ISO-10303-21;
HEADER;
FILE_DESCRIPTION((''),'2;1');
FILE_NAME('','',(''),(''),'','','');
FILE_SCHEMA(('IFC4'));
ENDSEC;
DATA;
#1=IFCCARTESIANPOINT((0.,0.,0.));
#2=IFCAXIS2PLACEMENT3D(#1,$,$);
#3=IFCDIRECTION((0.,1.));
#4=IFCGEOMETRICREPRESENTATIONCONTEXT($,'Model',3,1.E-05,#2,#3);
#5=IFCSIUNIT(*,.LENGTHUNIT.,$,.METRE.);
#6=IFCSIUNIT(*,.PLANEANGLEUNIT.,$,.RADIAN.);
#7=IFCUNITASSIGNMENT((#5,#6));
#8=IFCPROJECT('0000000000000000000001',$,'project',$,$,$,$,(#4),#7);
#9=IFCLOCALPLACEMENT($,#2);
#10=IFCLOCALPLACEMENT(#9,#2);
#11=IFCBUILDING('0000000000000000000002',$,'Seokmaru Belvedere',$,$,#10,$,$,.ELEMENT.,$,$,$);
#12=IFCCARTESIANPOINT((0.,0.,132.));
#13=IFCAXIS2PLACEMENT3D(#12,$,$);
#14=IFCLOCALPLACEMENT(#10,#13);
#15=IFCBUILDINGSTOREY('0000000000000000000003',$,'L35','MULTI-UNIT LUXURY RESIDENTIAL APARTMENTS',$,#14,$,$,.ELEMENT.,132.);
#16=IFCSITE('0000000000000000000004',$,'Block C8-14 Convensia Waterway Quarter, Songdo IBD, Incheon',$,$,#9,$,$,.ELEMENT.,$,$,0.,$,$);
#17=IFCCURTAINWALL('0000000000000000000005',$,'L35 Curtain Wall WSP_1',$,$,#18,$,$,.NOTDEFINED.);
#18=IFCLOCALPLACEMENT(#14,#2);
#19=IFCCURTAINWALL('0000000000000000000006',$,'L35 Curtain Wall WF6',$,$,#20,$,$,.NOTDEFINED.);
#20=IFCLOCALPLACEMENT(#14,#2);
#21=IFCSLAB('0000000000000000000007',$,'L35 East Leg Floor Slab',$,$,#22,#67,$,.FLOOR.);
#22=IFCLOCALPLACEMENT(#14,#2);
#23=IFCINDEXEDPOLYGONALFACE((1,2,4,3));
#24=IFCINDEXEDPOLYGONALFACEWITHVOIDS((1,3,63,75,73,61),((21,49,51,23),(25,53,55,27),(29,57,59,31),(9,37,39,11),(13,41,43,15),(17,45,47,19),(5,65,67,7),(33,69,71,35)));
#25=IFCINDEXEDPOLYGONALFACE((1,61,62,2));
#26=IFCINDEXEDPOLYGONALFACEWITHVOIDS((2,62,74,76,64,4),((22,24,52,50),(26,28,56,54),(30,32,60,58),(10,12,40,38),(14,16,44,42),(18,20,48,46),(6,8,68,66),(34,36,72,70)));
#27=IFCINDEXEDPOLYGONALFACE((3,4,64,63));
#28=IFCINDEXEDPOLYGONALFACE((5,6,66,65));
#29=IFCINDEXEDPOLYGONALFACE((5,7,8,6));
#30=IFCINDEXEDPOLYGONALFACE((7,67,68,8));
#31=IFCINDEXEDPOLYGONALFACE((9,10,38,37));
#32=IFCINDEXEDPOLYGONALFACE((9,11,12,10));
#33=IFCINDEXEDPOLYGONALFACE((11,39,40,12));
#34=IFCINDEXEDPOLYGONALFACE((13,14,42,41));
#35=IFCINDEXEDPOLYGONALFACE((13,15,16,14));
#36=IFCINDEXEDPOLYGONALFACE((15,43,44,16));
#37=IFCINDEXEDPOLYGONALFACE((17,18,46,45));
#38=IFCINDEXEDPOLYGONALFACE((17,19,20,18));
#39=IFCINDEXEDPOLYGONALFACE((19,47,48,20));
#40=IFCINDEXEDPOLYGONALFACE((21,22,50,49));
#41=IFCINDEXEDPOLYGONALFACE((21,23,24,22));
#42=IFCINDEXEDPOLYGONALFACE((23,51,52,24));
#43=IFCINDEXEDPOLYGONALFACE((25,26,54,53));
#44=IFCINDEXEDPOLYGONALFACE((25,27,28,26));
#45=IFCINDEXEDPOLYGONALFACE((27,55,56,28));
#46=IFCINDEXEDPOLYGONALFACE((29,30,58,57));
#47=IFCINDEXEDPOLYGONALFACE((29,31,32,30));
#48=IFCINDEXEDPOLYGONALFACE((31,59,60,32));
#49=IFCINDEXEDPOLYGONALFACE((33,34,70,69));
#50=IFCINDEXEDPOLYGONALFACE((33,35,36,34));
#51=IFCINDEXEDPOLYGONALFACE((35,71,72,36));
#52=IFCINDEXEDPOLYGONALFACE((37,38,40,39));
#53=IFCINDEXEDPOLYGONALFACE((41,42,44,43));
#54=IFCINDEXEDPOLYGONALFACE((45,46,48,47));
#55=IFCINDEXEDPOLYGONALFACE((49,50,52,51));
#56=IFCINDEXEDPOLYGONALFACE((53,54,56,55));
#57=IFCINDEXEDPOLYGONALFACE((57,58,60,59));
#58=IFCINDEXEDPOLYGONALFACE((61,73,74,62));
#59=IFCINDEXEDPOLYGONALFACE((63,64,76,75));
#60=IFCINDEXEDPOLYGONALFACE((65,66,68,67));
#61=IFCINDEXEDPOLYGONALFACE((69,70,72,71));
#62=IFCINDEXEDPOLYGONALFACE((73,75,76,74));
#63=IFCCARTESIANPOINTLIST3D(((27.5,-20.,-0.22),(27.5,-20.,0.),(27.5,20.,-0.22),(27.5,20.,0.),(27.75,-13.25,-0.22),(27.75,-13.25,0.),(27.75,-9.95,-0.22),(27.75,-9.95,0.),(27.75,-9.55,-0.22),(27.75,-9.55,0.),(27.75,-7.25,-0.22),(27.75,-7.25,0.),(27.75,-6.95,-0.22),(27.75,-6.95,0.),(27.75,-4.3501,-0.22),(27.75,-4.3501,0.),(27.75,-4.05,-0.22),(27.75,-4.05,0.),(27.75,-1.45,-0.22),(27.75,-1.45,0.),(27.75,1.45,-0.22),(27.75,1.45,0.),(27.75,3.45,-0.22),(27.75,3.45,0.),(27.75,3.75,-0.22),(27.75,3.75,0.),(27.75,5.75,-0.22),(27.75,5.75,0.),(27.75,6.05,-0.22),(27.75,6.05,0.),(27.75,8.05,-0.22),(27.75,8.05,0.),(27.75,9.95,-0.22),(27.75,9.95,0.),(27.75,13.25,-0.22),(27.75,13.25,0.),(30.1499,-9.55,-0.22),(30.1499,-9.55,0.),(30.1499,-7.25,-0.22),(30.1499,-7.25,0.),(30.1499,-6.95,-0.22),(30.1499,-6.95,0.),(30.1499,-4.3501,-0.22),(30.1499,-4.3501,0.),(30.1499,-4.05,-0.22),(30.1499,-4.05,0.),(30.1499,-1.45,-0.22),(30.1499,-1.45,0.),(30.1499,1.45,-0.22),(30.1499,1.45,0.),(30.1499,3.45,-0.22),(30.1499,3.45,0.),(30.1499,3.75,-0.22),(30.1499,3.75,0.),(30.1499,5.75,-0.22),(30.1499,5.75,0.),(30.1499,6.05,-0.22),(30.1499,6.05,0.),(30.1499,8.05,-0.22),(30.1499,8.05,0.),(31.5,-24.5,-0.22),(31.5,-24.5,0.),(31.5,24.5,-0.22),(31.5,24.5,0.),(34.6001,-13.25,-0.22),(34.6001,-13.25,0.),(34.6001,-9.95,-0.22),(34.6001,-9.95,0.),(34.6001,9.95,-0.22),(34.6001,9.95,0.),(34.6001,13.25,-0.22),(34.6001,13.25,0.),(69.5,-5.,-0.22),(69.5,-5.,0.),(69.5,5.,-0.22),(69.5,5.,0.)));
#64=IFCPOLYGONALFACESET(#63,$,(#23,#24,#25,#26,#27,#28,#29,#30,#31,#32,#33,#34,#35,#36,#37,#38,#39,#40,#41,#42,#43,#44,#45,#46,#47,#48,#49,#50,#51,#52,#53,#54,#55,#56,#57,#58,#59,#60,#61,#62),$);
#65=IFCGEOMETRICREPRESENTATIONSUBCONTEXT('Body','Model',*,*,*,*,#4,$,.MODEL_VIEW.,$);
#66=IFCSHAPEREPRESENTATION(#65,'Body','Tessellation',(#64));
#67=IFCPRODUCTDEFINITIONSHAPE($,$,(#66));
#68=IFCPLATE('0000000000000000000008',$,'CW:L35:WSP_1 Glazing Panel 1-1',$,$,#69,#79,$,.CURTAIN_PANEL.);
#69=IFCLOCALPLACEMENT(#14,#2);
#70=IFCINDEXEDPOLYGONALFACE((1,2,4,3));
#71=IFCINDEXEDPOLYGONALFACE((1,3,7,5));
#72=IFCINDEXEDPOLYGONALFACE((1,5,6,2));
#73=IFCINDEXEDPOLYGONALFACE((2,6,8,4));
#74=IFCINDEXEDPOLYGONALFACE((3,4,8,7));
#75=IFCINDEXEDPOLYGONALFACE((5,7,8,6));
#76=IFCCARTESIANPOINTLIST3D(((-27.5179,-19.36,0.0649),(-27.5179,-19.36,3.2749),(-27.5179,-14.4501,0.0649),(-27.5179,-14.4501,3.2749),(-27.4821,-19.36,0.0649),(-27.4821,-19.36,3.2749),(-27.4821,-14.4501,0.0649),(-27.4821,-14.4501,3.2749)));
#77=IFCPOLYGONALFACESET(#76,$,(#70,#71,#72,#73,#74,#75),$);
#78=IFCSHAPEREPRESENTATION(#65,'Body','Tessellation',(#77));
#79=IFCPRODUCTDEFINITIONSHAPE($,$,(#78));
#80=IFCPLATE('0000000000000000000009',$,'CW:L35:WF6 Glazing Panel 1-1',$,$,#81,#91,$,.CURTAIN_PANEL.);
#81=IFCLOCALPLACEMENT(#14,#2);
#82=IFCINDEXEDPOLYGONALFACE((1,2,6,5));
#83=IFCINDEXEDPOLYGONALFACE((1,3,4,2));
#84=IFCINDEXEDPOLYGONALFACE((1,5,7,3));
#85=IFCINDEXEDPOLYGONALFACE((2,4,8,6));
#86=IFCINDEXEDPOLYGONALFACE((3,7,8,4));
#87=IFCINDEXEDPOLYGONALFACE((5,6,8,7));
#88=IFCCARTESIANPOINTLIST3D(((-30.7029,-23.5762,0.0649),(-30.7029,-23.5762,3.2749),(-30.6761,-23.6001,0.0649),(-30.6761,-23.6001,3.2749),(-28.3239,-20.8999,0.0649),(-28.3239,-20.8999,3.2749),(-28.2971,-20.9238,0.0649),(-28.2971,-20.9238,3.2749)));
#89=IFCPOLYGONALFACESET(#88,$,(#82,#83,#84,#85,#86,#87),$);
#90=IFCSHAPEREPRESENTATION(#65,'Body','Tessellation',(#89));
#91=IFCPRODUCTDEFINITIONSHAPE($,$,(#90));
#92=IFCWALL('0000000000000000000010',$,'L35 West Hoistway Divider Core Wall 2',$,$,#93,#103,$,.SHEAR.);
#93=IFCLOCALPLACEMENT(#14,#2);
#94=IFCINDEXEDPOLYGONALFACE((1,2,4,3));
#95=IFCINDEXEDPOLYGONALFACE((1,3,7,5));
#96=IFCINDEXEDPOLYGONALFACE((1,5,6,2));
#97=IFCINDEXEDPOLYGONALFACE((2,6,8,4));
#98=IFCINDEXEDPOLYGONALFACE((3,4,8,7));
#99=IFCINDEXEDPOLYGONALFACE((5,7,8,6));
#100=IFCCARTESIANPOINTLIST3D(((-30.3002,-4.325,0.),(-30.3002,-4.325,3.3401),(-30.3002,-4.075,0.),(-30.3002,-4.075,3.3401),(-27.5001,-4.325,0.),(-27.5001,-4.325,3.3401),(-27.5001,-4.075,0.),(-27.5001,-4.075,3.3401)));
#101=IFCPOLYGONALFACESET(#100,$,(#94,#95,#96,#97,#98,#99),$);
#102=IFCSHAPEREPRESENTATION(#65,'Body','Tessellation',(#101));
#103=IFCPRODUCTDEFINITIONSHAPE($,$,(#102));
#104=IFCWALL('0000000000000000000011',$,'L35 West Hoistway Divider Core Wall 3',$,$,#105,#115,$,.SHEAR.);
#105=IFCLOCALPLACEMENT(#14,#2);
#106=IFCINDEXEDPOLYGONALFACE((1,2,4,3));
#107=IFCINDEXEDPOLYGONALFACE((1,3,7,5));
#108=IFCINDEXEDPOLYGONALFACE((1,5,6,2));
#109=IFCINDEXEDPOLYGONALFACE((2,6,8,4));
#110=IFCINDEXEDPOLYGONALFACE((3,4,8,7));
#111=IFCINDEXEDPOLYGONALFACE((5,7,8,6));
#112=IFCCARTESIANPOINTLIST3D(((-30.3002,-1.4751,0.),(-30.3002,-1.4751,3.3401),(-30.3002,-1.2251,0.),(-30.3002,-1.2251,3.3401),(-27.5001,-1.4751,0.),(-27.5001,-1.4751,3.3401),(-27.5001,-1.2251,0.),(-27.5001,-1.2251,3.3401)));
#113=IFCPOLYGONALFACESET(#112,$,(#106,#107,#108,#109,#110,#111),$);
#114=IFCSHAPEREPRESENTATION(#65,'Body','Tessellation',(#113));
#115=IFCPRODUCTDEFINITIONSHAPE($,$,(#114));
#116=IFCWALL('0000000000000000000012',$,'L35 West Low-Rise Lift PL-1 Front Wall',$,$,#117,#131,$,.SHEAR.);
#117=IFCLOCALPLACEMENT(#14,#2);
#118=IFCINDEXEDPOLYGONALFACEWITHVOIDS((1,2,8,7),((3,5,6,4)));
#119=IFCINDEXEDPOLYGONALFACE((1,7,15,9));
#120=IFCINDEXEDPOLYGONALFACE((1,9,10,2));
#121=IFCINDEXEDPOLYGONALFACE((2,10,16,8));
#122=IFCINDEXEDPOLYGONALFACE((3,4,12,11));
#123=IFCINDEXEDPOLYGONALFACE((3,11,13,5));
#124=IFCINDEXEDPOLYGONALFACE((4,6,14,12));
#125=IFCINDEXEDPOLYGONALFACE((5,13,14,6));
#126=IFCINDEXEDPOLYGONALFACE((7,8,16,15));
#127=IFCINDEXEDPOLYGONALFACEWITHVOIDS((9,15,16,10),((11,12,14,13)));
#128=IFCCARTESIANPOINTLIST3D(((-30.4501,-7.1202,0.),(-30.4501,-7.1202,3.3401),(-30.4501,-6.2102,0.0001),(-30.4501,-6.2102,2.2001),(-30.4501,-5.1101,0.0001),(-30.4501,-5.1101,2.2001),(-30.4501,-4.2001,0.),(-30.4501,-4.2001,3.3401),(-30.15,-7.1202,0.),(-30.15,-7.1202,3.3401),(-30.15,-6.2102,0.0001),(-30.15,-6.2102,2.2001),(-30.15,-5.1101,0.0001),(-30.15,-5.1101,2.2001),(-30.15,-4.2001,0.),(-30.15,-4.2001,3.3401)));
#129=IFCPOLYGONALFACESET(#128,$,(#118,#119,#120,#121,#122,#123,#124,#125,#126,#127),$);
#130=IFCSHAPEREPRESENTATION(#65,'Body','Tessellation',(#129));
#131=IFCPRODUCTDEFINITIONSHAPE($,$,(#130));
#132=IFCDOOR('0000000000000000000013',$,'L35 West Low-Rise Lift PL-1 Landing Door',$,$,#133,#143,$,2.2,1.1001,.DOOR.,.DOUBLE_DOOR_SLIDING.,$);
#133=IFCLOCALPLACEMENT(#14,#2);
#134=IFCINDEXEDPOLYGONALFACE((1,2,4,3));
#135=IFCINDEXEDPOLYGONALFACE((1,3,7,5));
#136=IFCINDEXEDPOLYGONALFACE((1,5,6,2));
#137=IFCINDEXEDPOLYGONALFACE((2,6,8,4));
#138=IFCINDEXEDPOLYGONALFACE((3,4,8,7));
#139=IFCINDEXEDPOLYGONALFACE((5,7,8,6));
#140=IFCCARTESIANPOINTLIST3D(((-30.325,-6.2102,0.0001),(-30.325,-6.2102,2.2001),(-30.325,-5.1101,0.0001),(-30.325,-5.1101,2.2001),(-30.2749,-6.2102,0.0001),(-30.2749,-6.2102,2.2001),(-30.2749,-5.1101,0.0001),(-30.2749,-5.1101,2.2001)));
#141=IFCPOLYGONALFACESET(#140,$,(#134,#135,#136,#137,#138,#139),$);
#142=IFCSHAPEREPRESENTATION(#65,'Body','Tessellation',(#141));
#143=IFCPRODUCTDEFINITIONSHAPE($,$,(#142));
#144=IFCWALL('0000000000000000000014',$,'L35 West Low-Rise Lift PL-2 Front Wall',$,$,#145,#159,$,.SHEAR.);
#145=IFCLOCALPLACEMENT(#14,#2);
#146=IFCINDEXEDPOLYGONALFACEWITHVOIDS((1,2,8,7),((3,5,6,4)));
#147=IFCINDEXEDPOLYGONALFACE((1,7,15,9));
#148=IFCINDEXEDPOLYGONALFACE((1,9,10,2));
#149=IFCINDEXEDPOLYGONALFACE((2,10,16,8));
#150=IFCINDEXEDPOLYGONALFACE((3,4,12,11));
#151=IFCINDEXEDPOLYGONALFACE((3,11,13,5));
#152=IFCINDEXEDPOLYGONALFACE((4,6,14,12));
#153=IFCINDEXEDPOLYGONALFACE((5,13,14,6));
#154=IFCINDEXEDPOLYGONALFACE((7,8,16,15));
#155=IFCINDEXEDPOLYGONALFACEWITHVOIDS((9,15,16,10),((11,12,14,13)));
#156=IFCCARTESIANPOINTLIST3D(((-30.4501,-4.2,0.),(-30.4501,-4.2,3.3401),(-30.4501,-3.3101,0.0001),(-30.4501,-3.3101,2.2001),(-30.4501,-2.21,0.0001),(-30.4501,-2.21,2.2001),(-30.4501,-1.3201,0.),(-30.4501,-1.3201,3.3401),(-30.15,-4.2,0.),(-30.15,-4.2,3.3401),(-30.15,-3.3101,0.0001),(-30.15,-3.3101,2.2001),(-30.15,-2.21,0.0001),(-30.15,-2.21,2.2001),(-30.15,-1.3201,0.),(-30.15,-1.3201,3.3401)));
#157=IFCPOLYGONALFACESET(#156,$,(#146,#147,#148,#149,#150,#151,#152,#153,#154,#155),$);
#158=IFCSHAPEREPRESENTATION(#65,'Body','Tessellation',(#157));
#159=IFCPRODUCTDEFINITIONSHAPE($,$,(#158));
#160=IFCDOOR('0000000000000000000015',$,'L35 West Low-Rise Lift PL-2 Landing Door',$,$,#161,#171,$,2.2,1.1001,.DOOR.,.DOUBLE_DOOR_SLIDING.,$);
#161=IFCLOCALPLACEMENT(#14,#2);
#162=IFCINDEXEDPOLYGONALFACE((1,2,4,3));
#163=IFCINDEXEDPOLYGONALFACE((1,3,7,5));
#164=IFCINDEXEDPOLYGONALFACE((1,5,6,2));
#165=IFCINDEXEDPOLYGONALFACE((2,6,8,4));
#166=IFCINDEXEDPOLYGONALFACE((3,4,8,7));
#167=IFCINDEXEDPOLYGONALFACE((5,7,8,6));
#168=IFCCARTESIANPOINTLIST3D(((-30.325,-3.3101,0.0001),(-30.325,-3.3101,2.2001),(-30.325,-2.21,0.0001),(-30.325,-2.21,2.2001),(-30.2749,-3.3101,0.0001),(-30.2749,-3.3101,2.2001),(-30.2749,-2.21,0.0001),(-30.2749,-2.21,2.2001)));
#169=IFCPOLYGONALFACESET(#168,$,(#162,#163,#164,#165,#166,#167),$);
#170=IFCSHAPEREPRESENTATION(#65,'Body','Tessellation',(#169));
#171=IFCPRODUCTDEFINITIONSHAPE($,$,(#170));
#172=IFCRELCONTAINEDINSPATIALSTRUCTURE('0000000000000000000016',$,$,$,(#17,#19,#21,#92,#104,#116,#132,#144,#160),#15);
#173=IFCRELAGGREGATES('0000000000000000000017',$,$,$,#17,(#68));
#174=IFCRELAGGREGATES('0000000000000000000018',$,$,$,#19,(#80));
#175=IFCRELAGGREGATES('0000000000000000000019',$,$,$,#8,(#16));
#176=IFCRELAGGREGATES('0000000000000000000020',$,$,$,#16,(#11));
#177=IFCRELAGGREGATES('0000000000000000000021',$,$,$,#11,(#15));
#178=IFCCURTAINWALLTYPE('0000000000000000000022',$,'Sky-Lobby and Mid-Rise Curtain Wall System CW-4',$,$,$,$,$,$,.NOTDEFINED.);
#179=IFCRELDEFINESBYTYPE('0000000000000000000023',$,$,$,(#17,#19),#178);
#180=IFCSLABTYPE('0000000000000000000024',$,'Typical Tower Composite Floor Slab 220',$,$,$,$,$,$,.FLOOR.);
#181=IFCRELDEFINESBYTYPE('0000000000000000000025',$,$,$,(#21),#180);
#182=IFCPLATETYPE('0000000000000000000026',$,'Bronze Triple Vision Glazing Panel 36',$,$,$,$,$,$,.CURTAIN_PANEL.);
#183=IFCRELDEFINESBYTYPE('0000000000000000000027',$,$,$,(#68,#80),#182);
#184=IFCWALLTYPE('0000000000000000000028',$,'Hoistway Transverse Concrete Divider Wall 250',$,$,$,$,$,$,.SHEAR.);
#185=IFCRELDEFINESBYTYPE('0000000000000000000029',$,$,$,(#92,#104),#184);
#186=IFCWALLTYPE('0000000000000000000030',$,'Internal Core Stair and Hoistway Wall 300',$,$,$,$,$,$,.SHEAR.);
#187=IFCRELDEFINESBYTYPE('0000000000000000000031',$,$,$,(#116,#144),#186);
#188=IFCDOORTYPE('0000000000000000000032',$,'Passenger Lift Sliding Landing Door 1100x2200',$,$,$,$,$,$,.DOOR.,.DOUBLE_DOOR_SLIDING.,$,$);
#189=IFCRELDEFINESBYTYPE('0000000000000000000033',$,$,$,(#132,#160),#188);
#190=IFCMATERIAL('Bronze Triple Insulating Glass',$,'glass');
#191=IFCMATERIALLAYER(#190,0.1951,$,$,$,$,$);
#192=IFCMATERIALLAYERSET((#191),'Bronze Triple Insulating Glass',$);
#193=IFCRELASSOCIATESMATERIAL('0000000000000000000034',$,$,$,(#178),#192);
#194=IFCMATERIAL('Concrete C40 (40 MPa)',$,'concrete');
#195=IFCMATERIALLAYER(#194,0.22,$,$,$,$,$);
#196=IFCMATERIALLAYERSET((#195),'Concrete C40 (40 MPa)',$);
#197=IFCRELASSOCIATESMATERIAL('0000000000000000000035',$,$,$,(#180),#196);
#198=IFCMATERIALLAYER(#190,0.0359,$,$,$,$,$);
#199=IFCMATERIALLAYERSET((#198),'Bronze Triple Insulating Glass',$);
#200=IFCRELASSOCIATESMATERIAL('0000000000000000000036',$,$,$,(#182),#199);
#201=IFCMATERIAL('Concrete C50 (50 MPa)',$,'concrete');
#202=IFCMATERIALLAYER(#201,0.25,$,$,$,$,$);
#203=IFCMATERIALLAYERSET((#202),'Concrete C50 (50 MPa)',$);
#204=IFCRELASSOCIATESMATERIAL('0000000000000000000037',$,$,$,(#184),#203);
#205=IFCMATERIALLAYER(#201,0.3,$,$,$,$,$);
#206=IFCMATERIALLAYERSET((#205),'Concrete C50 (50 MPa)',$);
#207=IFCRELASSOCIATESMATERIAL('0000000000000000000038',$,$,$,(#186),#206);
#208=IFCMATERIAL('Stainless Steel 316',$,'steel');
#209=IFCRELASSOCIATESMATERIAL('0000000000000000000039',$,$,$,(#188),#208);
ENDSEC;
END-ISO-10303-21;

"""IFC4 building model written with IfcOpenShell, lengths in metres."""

from ifc_helpers import new_model, si_unit, direction, frame, frame_2d, origin, origin_2d, place, context, subcontext, project, spatial, polyline, rectangle, outline, extrude, source, transform, mapped, material, layer, layer_set, type_object, type_shapes, element, fill, aggregate, save


model = new_model("IFC4")

# Units and contexts
model_context = context("Model", 3, precision=1e-05, world=origin(), true_north=direction((0.0, 1.0)))
body_context = subcontext(model_context, "Body", "Model", "MODEL_VIEW")
ifc_project = project(units=[si_unit("LENGTHUNIT", "METRE"), si_unit("PLANEANGLEUNIT", "RADIAN")], contexts=[model_context])

# Site, building, storey
site_placement = place(None, origin())
site = spatial("IfcSite", under=ifc_project, at=site_placement, Name="Block C8-14 Convensia Waterway Quarter, Songdo IBD, Incheon", CompositionType="ELEMENT", RefElevation=0.0)
building_placement = place(site_placement, origin())
building = spatial("IfcBuilding", under=site, at=building_placement, Name="Seokmaru Belvedere", CompositionType="ELEMENT")
storey_placement = place(building_placement, frame((0.0, 0.0, 132.0)))
storey = spatial("IfcBuildingStorey", under=building, at=storey_placement, Name="L35", Description="MULTI-UNIT LUXURY RESIDENTIAL APARTMENTS", CompositionType="ELEMENT", Elevation=132.0)

# Curtain wall
ifc_material_1 = material(Name="Bronze Triple Insulating Glass", Category="glass")
ifc_layer_1 = layer(ifc_material_1, 0.1951)
ifc_layer_set_1 = layer_set([ifc_layer_1], Name="Bronze Triple Insulating Glass")
curtain_wall_type = type_object("IfcCurtainWallType", Name="Sky-Lobby and Mid-Rise Curtain Wall System CW-4", PredefinedType="NOTDEFINED", material=ifc_layer_set_1)
curtain_wall_1_placement = place(storey_placement, origin())
curtain_wall_1 = element("IfcCurtainWall", 1, at=curtain_wall_1_placement, inside=storey, type_object=curtain_wall_type, Name="L35 Curtain Wall WSP_1", PredefinedType="NOTDEFINED")

# Curtain wall
curtain_wall_2_placement = place(storey_placement, origin())
curtain_wall_2 = element("IfcCurtainWall", 2, at=curtain_wall_2_placement, inside=storey, type_object=curtain_wall_type, Name="L35 Curtain Wall WF6", PredefinedType="NOTDEFINED")

# Shared definitions
ifc_material_2 = material(Name="Concrete C40 (40 MPa)", Category="concrete")

# Slab
ifc_layer_2 = layer(ifc_material_2, 0.22)
ifc_layer_set_2 = layer_set([ifc_layer_2], Name="Concrete C40 (40 MPa)")
slab_type_1 = type_object("IfcSlabType", Name="Typical Tower Composite Floor Slab 220", PredefinedType="FLOOR", material=ifc_layer_set_2)
slab_1_placement = place(storey_placement, frame((0.0, 0.0, -0.22)))
element("IfcSlab", 3, at=slab_1_placement, inside=storey, type_object=slab_type_1, Name="L35 East Leg Floor Slab", PredefinedType="FLOOR", context=body_context, shape_type="SweptSolid", body=[
    extrude(outline(polyline([(31.5, -24.5), (69.5, -5.0), (69.5, 5.0), (31.5, 24.5), (27.5, 20.0), (27.5, -20.0), (31.5, -24.5)]), holes=[polyline([(27.75, -13.25), (34.6001, -13.25), (34.6001, -9.95), (27.75, -9.95), (27.75, -13.25)]), polyline([(27.75, 9.95), (34.6001, 9.95), (34.6001, 13.25), (27.75, 13.25), (27.75, 9.95)]), polyline([(27.75, -9.55), (30.1499, -9.55), (30.1499, -7.25), (27.75, -7.25), (27.75, -9.55)]), polyline([(27.75, -6.95), (30.1499, -6.95), (30.1499, -4.3501), (27.75, -4.3501), (27.75, -6.95)]), polyline([(27.75, -4.05), (30.1499, -4.05), (30.1499, -1.45), (27.75, -1.45), (27.75, -4.05)]), polyline([(27.75, 1.45), (30.1499, 1.45), (30.1499, 3.45), (27.75, 3.45), (27.75, 1.45)]), polyline([(27.75, 3.75), (30.1499, 3.75), (30.1499, 5.75), (27.75, 5.75), (27.75, 3.75)]), polyline([(27.75, 6.05), (30.1499, 6.05), (30.1499, 8.05), (27.75, 8.05), (27.75, 6.05)])]), origin(), (0.0, 0.0, 1.0), 0.22),
])

# Plates
ifc_layer_3 = layer(ifc_material_1, 0.0359)
ifc_layer_set_3 = layer_set([ifc_layer_3], Name="Bronze Triple Insulating Glass")
plate_type = type_object("IfcPlateType", Name="Bronze Triple Vision Glazing Panel 36", PredefinedType="CURTAIN_PANEL", material=ifc_layer_set_3)
shared_shape_1 = source(origin(), body_context, "Body", "SweptSolid", [
    extrude(rectangle(XDim=4.9099, YDim=0.0359, at=origin_2d()), origin(), (0.0, 0.0, 1.0), 3.21),
])
plate_1_placement = place(storey_placement, frame((-27.5, -16.905, 0.0649), z_axis=(0.0, 0.0, 1.0), x_axis=(0.0, 1.0, 0.0)))
plate_1 = element("IfcPlate", 4, at=plate_1_placement, type_object=plate_type, Name="CW:L35:WSP_1 Glazing Panel 1-1", PredefinedType="CURTAIN_PANEL", context=body_context, shape_type="MappedRepresentation", body=[
    mapped(shared_shape_1, transform((0.0, 0.0, 0.0), scale=1.0)),
])
aggregate(curtain_wall_1, [plate_1])
shared_shape_2 = source(origin(), body_context, "Body", "SweptSolid", [
    extrude(rectangle(XDim=3.5808, YDim=0.0359, at=origin_2d()), origin(), (0.0, 0.0, 1.0), 3.21),
])
type_shapes(plate_type, [shared_shape_1, shared_shape_2])
plate_2_placement = place(storey_placement, frame((-29.5, -22.25, 0.0649), z_axis=(0.0, 0.0, 1.0), x_axis=(0.664363, 0.74741, 0.0)))
plate_2 = element("IfcPlate", 5, at=plate_2_placement, type_object=plate_type, Name="CW:L35:WF6 Glazing Panel 1-1", PredefinedType="CURTAIN_PANEL", context=body_context, shape_type="MappedRepresentation", body=[
    mapped(shared_shape_2, transform((0.0, 0.0, 0.0), scale=1.0)),
])
aggregate(curtain_wall_2, [plate_2])

# Walls
ifc_material_3 = material(Name="Concrete C50 (50 MPa)", Category="concrete")
ifc_layer_4 = layer(ifc_material_3, 0.25)
ifc_layer_set_4 = layer_set([ifc_layer_4], Name="Concrete C50 (50 MPa)")
wall_type_1 = type_object("IfcWallType", Name="Hoistway Transverse Concrete Divider Wall 250", PredefinedType="SHEAR", material=ifc_layer_set_4)
for number, where, z_axis, x_axis, name in (
    (6, (-30.3, -4.2, 0.0), (0.0, 0.0, 1.0), (1.0, 0.0, 0.0), "L35 West Hoistway Divider Core Wall 2"),
    (7, (-30.3, -1.3501, 0.0), (0.0, 0.0, 1.0), (1.0, 0.0, 0.0), "L35 West Hoistway Divider Core Wall 3"),
):
    element("IfcWall", number, at=place(storey_placement, frame(where, z_axis=z_axis, x_axis=x_axis)), inside=storey, type_object=wall_type_1, Name=name, PredefinedType="SHEAR", context=body_context, shape_type="SweptSolid", body=[
        extrude(rectangle(XDim=2.8, YDim=0.25, at=frame_2d((1.3999, 0.0))), origin(), (0.0, 0.0, 1.0), 3.3401),
    ])

# Walls, openings, doors
ifc_layer_5 = layer(ifc_material_3, 0.3)
ifc_layer_set_5 = layer_set([ifc_layer_5], Name="Concrete C50 (50 MPa)")
wall_type_2 = type_object("IfcWallType", Name="Internal Core Stair and Hoistway Wall 300", PredefinedType="SHEAR", material=ifc_layer_set_5)
wall_1_placement = place(storey_placement, frame((-30.3, -7.1201, 0.0), z_axis=(0.0, 0.0, 1.0), x_axis=(0.0, 1.0, 0.0)))
wall_1 = element("IfcWall", 8, at=wall_1_placement, inside=storey, type_object=wall_type_2, Name="L35 West Low-Rise Lift PL-1 Front Wall", PredefinedType="SHEAR", context=body_context, shape_type="SweptSolid", body=[
    extrude(rectangle(XDim=2.9202, YDim=0.3, at=frame_2d((1.46, 0.0))), origin(), (0.0, 0.0, 1.0), 3.3401),
])
opening_1_placement = place(wall_1_placement, frame((0.9099, 0.0, 0.0)))
opening_1 = element("IfcOpeningElement", 9, at=opening_1_placement, cuts=wall_1, PredefinedType="OPENING", context=body_context, shape_type="SweptSolid", body=[
    extrude(rectangle(XDim=1.1001, YDim=2.2, at=frame_2d((0.55, 1.1001))), frame((0.0, 0.1602, 0.0), z_axis=(0.0, -1.0, 0.0), x_axis=(1.0, 0.0, 0.0)), (0.0, 0.0, 1.0), 0.3201),
])
ifc_material_4 = material(Name="Stainless Steel 316", Category="steel")
door_type = type_object("IfcDoorType", Name="Passenger Lift Sliding Landing Door 1100x2200", OperationType="DOUBLE_DOOR_SLIDING", PredefinedType="DOOR", material=ifc_material_4)
shared_shape_3 = source(origin(), body_context, "Body", "SweptSolid", [
    extrude(rectangle(XDim=1.1001, YDim=2.2, at=frame_2d((0.55, 1.1001))), frame((0.0, 0.0249, 0.0), z_axis=(0.0, -1.0, 0.0), x_axis=(1.0, 0.0, 0.0)), (0.0, 0.0, 1.0), 0.05),
])
type_shapes(door_type, [shared_shape_3])
door_1_placement = place(opening_1_placement, origin())
door_1 = element("IfcDoor", 10, at=door_1_placement, inside=storey, type_object=door_type, Name="L35 West Low-Rise Lift PL-1 Landing Door", OperationType="DOUBLE_DOOR_SLIDING", OverallHeight=2.2, OverallWidth=1.1001, PredefinedType="DOOR", context=body_context, shape_type="MappedRepresentation", body=[
    mapped(shared_shape_3, transform((0.0, 0.0, 0.0), scale=1.0)),
])
fill(opening_1, door_1)
wall_2_placement = place(storey_placement, frame((-30.3, -4.2, 0.0), z_axis=(0.0, 0.0, 1.0), x_axis=(0.0, 1.0, 0.0)))
wall_2 = element("IfcWall", 11, at=wall_2_placement, inside=storey, type_object=wall_type_2, Name="L35 West Low-Rise Lift PL-2 Front Wall", PredefinedType="SHEAR", context=body_context, shape_type="SweptSolid", body=[
    extrude(rectangle(XDim=2.8799, YDim=0.3, at=frame_2d((1.4399, 0.0))), origin(), (0.0, 0.0, 1.0), 3.3401),
])
opening_2_placement = place(wall_2_placement, frame((0.8899, 0.0, 0.0)))
opening_2 = element("IfcOpeningElement", 12, at=opening_2_placement, cuts=wall_2, PredefinedType="OPENING", context=body_context, shape_type="SweptSolid", body=[
    extrude(rectangle(XDim=1.1001, YDim=2.2, at=frame_2d((0.55, 1.1001))), frame((0.0, 0.1602, 0.0), z_axis=(0.0, -1.0, 0.0), x_axis=(1.0, 0.0, 0.0)), (0.0, 0.0, 1.0), 0.3201),
])
door_2_placement = place(opening_2_placement, origin())
door_2 = element("IfcDoor", 13, at=door_2_placement, inside=storey, type_object=door_type, Name="L35 West Low-Rise Lift PL-2 Landing Door", OperationType="DOUBLE_DOOR_SLIDING", OverallHeight=2.2, OverallWidth=1.1001, PredefinedType="DOOR", context=body_context, shape_type="MappedRepresentation", body=[
    mapped(shared_shape_3, transform((0.0, 0.0, 0.0), scale=1.0)),
])
fill(opening_2, door_2)

save(model, "model.ifc")
